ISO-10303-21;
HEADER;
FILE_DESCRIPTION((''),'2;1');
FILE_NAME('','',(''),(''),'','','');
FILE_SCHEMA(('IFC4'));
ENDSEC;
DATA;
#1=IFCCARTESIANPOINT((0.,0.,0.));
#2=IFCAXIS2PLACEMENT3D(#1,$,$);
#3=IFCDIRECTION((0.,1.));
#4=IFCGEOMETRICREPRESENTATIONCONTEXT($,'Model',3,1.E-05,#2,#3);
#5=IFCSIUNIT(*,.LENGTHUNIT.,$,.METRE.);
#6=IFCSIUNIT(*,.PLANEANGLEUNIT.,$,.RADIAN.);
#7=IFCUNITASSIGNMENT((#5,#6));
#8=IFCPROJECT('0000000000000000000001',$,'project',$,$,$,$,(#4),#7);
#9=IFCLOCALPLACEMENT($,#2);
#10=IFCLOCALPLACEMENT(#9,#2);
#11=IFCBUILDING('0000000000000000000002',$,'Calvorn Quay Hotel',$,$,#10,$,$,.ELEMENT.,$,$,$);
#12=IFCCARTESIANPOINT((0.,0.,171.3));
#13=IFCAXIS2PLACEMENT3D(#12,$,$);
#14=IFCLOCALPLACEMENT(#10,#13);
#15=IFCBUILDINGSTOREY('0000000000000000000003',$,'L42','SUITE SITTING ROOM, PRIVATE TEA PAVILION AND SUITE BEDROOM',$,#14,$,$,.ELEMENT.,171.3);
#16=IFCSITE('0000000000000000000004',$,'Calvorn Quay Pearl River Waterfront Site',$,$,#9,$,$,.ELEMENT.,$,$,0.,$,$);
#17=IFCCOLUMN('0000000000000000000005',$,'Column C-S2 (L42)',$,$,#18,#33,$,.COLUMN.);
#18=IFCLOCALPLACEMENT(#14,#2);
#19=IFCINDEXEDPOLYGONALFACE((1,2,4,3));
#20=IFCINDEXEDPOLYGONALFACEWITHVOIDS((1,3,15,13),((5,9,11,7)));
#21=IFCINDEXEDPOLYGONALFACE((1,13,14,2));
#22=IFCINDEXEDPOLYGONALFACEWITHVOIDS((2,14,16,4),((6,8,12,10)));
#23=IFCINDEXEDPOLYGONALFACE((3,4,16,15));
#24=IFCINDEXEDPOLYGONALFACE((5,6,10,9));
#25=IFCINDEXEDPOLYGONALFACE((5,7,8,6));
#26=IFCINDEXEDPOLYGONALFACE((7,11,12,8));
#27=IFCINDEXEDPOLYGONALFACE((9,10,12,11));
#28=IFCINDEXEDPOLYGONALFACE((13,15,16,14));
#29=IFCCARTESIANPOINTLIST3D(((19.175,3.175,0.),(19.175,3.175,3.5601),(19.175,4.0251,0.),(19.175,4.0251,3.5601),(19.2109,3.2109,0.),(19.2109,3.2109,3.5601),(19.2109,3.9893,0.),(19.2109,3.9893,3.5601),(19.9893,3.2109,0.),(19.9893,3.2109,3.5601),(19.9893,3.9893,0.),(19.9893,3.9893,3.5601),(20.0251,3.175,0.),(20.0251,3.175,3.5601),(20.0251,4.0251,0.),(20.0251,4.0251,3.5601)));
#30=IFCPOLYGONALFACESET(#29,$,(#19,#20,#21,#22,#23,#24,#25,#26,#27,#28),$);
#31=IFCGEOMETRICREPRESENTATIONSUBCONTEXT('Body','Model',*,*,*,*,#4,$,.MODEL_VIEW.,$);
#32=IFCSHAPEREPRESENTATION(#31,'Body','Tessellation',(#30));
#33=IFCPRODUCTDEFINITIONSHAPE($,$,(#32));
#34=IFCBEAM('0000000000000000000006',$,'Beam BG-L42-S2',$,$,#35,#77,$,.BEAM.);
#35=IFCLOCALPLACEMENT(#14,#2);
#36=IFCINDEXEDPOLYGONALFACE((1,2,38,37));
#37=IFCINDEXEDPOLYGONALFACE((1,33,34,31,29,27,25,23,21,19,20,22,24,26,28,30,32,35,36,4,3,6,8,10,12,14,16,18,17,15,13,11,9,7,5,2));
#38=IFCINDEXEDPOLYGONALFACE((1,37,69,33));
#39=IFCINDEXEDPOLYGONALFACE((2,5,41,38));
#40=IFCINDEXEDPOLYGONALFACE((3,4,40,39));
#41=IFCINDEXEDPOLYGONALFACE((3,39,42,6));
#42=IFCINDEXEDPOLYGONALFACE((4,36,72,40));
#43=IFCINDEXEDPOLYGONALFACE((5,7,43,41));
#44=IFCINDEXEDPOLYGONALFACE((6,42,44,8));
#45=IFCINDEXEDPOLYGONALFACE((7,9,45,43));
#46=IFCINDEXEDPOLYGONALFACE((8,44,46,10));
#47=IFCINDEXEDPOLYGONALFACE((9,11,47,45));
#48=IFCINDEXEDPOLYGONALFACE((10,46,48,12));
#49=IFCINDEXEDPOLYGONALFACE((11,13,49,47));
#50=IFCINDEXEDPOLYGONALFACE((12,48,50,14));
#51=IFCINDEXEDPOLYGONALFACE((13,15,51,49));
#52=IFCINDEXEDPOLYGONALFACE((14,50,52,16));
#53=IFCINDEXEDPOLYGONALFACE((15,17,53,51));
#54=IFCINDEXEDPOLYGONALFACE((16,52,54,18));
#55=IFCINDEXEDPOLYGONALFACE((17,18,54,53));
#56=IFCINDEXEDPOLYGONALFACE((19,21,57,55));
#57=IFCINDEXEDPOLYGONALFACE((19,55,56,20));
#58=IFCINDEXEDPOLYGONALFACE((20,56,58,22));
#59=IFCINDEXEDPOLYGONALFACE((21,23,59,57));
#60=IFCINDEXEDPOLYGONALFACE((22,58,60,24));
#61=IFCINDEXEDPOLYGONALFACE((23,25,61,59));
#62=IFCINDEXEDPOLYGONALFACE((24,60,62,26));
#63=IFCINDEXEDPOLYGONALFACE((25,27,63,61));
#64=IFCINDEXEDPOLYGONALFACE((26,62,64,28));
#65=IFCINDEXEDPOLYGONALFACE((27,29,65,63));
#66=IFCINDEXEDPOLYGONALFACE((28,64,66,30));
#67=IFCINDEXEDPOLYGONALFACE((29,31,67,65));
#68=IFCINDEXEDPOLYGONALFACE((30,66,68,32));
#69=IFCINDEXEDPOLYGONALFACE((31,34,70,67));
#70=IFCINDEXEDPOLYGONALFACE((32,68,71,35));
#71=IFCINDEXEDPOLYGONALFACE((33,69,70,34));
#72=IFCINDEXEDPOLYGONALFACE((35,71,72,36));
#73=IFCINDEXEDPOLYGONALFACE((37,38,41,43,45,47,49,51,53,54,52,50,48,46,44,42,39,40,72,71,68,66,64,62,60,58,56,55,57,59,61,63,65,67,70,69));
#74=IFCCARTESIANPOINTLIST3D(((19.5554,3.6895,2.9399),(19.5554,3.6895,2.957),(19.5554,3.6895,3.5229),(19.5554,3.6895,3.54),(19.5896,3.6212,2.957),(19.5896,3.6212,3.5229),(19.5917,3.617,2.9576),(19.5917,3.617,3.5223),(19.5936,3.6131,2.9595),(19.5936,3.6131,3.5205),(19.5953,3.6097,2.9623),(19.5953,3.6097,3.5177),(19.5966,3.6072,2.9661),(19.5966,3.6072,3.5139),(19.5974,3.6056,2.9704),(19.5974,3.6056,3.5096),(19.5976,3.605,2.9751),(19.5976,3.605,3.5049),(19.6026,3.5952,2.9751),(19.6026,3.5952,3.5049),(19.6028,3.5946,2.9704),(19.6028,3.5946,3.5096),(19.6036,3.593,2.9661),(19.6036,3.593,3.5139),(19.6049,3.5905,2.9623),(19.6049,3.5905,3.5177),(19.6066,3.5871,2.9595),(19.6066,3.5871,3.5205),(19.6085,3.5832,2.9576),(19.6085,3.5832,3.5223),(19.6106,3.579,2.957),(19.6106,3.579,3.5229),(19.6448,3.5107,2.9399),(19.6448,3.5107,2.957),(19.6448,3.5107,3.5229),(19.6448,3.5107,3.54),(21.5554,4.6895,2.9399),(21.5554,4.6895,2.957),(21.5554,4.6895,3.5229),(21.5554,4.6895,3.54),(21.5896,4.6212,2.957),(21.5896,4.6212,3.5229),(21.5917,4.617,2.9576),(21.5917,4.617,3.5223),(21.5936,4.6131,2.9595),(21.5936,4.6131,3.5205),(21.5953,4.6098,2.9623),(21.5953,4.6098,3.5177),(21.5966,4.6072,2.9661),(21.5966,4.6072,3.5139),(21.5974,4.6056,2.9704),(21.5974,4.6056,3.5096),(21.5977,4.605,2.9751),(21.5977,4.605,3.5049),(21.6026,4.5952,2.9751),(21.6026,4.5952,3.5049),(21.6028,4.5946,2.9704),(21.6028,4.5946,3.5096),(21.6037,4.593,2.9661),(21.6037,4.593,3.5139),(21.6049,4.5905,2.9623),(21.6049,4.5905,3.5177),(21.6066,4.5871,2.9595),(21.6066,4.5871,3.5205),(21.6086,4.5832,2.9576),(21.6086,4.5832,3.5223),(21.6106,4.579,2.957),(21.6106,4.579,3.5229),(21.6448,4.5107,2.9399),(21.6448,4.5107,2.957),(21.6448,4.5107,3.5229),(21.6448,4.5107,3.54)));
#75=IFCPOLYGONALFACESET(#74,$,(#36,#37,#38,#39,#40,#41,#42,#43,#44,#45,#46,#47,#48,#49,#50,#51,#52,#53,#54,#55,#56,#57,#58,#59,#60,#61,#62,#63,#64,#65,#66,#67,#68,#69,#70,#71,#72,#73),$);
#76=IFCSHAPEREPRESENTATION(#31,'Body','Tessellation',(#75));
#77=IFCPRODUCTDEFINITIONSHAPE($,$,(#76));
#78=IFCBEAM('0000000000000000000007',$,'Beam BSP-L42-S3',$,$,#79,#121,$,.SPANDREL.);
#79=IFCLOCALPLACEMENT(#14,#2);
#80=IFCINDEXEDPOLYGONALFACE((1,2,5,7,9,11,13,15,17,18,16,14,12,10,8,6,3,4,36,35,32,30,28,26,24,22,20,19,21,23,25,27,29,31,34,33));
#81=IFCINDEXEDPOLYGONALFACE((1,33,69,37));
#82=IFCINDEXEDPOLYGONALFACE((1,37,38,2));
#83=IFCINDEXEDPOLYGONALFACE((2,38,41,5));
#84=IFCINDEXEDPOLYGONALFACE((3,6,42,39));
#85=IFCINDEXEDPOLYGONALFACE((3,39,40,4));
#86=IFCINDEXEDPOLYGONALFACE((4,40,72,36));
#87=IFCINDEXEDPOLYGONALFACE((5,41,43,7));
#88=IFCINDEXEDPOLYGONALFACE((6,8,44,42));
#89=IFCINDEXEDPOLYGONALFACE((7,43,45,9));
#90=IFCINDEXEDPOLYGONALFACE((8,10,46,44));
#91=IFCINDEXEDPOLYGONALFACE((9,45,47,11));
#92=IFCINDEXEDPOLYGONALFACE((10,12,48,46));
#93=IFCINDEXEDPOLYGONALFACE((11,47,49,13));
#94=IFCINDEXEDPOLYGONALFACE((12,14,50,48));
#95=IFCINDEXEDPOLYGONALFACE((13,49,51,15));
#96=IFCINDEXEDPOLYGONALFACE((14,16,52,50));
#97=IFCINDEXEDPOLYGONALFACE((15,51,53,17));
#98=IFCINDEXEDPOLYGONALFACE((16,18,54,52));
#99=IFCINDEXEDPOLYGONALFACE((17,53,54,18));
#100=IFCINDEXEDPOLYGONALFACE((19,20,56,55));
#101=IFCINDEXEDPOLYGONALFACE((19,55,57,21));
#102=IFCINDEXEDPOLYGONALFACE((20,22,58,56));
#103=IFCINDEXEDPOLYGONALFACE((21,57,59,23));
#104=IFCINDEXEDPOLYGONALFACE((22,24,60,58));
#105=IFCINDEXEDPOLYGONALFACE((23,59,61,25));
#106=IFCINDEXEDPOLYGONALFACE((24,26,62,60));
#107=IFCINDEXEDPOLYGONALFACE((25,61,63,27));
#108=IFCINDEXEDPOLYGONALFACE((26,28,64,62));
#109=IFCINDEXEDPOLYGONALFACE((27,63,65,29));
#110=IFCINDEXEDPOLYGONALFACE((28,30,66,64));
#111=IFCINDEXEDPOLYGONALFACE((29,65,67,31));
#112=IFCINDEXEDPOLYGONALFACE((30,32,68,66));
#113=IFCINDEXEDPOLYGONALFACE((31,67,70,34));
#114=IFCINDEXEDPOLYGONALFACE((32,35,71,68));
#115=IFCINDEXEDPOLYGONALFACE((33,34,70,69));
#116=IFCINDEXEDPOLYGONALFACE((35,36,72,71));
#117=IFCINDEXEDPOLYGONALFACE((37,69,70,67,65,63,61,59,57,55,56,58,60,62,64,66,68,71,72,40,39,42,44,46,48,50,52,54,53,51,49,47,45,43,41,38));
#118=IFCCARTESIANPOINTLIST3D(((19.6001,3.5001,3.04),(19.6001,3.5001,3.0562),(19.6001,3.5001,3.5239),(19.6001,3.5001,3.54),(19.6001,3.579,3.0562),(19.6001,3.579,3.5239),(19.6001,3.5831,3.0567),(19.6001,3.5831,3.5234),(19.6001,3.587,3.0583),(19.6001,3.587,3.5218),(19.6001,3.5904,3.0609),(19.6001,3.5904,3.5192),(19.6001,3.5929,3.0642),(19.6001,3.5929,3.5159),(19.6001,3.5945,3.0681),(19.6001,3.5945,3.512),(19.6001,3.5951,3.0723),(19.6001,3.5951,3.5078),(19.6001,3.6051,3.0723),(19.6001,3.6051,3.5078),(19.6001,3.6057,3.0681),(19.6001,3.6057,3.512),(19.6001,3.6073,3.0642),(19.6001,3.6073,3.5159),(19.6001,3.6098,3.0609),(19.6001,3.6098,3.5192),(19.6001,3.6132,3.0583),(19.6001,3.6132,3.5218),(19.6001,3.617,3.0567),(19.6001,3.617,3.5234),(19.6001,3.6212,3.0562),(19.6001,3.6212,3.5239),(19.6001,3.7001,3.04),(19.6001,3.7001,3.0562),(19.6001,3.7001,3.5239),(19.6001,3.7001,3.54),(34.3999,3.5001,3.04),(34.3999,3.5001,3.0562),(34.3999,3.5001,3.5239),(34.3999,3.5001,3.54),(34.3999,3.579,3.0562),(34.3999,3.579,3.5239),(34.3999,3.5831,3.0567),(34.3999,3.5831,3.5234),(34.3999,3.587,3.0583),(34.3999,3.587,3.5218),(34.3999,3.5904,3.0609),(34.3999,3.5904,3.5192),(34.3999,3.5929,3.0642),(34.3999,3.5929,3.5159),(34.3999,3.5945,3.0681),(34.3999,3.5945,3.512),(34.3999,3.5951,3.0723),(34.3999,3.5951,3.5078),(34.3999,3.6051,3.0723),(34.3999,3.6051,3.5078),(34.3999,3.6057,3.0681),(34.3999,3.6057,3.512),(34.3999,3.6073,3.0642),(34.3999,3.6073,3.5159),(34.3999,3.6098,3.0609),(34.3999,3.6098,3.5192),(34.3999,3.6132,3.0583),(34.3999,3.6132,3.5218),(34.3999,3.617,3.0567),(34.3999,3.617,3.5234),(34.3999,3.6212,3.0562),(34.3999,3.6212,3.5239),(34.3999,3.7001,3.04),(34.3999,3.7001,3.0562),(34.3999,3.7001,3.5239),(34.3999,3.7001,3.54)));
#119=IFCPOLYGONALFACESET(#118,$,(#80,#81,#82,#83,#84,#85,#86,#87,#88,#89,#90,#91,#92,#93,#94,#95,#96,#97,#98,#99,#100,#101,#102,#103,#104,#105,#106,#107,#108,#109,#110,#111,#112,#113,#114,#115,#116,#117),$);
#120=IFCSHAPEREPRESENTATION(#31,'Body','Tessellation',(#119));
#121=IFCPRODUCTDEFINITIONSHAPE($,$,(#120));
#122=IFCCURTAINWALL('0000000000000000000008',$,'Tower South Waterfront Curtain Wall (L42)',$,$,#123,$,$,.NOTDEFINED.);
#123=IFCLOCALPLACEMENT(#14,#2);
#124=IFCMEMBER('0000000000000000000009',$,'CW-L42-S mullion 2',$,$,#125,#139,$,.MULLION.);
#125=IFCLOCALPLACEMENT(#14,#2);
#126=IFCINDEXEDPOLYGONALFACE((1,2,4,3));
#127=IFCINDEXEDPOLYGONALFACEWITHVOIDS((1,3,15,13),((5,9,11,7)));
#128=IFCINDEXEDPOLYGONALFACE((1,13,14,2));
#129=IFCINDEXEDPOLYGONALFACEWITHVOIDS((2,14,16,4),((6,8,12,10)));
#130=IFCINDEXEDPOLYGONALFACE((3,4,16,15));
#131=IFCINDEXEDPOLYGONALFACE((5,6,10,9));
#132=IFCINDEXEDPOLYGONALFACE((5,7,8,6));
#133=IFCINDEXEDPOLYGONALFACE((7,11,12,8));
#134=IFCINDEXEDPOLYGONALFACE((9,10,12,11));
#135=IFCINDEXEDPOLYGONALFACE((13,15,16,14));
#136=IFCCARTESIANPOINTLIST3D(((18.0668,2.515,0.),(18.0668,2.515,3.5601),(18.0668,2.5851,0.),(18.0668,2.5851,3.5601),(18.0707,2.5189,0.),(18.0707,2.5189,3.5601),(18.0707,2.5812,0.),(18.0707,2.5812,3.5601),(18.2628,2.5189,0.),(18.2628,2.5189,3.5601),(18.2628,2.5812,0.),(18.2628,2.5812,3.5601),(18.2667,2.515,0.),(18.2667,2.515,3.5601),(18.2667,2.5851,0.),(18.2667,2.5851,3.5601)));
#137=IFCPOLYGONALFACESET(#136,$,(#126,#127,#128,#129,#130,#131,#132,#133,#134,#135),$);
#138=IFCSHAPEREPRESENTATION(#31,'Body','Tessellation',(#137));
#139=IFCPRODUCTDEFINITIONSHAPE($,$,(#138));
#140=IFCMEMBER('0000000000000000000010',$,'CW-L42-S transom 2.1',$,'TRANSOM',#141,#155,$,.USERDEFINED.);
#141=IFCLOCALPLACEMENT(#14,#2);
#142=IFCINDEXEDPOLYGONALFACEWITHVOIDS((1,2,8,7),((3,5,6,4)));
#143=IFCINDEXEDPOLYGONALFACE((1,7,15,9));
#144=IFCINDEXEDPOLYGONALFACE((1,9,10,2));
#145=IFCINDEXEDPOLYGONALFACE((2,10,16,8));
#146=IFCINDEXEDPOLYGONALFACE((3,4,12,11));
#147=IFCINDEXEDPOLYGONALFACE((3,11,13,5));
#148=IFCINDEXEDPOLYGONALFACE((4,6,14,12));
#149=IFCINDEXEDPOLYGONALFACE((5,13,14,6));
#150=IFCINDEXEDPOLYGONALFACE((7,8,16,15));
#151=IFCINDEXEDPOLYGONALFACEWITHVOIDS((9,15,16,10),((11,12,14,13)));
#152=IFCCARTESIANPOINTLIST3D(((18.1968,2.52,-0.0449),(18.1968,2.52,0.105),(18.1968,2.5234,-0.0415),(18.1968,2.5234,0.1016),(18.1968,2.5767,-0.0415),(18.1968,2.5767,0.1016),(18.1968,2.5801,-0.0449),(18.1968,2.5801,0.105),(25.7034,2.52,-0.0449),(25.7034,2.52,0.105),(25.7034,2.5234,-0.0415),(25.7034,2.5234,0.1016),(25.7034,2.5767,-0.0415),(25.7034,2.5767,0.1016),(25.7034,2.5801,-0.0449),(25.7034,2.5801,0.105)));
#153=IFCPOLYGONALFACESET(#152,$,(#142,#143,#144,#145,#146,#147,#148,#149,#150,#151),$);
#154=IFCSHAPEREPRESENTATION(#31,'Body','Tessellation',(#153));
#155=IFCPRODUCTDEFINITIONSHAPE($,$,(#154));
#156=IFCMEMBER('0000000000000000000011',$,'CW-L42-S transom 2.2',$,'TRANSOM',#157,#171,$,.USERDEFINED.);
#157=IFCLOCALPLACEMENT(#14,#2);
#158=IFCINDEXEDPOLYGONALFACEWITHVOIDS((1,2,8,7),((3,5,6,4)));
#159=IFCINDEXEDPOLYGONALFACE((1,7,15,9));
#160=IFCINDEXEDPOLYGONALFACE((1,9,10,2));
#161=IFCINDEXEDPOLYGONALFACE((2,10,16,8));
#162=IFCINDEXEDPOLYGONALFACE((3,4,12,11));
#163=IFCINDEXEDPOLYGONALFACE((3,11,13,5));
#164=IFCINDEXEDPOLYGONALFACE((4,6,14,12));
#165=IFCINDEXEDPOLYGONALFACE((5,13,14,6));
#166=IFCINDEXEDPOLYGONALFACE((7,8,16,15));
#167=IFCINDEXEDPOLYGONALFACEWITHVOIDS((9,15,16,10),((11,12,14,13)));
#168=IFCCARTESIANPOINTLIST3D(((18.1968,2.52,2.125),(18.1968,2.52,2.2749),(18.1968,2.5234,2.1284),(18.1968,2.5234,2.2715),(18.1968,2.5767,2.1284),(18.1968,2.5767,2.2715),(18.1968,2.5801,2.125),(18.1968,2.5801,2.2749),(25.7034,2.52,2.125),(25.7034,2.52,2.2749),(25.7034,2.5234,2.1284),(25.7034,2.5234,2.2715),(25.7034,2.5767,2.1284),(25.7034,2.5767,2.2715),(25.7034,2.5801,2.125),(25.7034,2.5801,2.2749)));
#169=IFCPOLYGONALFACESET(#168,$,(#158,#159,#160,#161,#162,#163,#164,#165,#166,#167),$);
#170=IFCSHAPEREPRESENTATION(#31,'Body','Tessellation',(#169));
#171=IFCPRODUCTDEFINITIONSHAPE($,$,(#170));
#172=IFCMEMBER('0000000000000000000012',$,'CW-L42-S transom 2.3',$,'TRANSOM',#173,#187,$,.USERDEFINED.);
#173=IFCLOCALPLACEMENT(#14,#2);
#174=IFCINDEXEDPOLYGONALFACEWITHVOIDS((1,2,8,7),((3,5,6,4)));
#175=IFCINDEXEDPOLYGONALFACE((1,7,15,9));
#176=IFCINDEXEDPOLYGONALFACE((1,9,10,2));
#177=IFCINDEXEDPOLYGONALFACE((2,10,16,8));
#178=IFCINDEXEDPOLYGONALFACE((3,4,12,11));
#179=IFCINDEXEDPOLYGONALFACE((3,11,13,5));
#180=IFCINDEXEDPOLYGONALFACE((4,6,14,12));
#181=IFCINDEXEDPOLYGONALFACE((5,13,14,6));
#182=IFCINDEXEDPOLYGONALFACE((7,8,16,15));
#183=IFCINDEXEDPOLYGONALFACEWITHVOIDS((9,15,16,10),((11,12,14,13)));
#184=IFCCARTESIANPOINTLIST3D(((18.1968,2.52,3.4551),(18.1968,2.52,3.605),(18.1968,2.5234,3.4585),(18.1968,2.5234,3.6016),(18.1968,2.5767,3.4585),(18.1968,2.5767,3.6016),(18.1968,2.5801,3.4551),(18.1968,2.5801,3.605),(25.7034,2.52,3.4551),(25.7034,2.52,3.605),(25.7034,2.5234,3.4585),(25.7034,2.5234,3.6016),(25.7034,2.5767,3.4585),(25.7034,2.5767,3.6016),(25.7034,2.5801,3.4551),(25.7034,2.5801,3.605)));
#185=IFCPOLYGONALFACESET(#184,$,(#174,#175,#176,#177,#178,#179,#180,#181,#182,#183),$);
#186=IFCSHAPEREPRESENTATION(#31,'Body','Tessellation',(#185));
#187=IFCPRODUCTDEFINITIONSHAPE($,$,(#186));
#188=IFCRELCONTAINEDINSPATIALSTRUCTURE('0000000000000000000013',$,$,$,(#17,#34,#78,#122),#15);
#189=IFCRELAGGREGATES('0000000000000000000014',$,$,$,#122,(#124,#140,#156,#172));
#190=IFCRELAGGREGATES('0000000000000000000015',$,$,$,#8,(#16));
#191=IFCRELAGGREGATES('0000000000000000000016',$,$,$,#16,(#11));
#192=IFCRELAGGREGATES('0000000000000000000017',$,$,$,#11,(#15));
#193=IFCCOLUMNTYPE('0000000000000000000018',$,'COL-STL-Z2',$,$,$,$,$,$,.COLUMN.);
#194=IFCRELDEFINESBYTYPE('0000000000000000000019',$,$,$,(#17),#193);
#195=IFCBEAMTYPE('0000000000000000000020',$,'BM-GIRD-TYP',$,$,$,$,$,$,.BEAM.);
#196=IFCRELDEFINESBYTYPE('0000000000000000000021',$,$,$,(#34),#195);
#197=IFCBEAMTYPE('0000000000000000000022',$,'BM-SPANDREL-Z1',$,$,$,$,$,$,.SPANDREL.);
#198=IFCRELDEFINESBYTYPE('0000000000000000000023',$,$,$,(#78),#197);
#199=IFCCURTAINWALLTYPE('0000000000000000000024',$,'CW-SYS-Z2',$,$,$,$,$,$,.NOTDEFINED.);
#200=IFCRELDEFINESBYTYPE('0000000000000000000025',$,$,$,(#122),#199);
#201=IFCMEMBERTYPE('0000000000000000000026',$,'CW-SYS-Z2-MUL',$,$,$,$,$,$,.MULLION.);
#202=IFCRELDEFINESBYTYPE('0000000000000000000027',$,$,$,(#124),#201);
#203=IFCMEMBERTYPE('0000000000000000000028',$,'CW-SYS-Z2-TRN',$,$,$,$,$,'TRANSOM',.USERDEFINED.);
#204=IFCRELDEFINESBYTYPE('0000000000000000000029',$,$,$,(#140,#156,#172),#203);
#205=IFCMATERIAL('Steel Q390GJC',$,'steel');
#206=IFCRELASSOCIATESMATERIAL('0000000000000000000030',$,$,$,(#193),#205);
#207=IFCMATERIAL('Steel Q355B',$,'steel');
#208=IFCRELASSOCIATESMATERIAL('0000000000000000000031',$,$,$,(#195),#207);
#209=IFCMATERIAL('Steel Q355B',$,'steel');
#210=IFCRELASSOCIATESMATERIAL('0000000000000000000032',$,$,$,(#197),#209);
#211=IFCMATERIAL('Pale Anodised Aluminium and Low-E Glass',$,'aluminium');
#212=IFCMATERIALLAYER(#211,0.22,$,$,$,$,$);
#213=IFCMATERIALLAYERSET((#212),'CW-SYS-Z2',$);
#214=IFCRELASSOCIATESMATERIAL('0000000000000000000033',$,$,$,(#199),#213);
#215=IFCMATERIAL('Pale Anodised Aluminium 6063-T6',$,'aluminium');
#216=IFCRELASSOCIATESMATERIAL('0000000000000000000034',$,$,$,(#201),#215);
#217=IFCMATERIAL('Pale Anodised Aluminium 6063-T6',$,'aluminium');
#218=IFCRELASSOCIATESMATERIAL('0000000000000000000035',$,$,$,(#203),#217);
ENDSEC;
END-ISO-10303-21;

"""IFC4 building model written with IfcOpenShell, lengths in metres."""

from ifc_helpers import new_model, si_unit, direction, frame, origin, origin_2d, place, context, subcontext, project, spatial, hollow_rectangle, i_section, extrude, material, layer, layer_set, material_profile, profile_set, type_object, element, aggregate, save


model = new_model("IFC4")

# Units and contexts
model_context = context("Model", 3, precision=1e-05, world=origin(), true_north=direction((0.0, 1.0)))
body_context = subcontext(model_context, "Body", "Model", "MODEL_VIEW")
ifc_project = project(units=[si_unit("LENGTHUNIT", "METRE"), si_unit("PLANEANGLEUNIT", "RADIAN")], contexts=[model_context])

# Site, building, storey
site_placement = place(None, origin())
site = spatial("IfcSite", under=ifc_project, at=site_placement, Name="Calvorn Quay Pearl River Waterfront Site", CompositionType="ELEMENT", RefElevation=0.0)
building_placement = place(site_placement, origin())
building = spatial("IfcBuilding", under=site, at=building_placement, Name="Calvorn Quay Hotel", CompositionType="ELEMENT")
storey_placement = place(building_placement, frame((0.0, 0.0, 171.3)))
storey = spatial("IfcBuildingStorey", under=building, at=storey_placement, Name="L42", Description="SUITE SITTING ROOM, PRIVATE TEA PAVILION AND SUITE BEDROOM", CompositionType="ELEMENT", Elevation=171.3)

# Column
ifc_material_1 = material(Name="Steel Q390GJC", Category="steel")
ifc_material_profile_1 = material_profile(ifc_material_1, hollow_rectangle(XDim=0.8501, YDim=0.8501, WallThickness=0.0359, at=origin_2d()), Name="BOX850x850x36")
ifc_profile_set_1 = profile_set([ifc_material_profile_1], Name="Steel Q390GJC")
column_type = type_object("IfcColumnType", Name="COL-STL-Z2", PredefinedType="COLUMN", material=ifc_profile_set_1)
column_placement = place(storey_placement, frame((19.6001, 3.6001, 0.0), z_axis=(0.0, 0.0, 1.0), x_axis=(1.0, 0.0, 0.0)))
element("IfcColumn", 1, at=column_placement, inside=storey, type_object=column_type, Name="Column C-S2 (L42)", PredefinedType="COLUMN", context=body_context, shape_type="SweptSolid", body=[
    extrude(hollow_rectangle(XDim=0.8501, YDim=0.8501, WallThickness=0.0359, at=origin_2d()), origin(), (0.0, 0.0, 1.0), 3.5601),
])

# Beams
ifc_material_2 = material(Name="Steel Q355B", Category="steel")
ifc_material_profile_2 = material_profile(ifc_material_2, i_section(OverallWidth=0.2, OverallDepth=0.6001, WebThickness=0.011, FlangeThickness=0.0171, FilletRadius=0.0181, at=origin_2d()), Name="HN600x200x11x17")
ifc_profile_set_2 = profile_set([ifc_material_profile_2], Name="Steel Q355B")
beam_type_1 = type_object("IfcBeamType", Name="BM-GIRD-TYP", PredefinedType="BEAM", material=ifc_profile_set_2)
beam_1_placement = place(storey_placement, frame((19.6001, 3.6001, 3.24), z_axis=(0.894427, 0.447214, 0.0), x_axis=(-0.447214, 0.894427, 0.0)))
element("IfcBeam", 2, at=beam_1_placement, inside=storey, type_object=beam_type_1, Name="Beam BG-L42-S2", PredefinedType="BEAM", context=body_context, shape_type="SweptSolid", body=[
    extrude(i_section(OverallWidth=0.2, OverallDepth=0.6001, WebThickness=0.011, FlangeThickness=0.0171, FilletRadius=0.0181, at=origin_2d()), origin(), (0.0, 0.0, 1.0), 2.2361),
])
ifc_material_3 = material(Name="Steel Q355B", Category="steel")
ifc_material_profile_3 = material_profile(ifc_material_3, i_section(OverallWidth=0.2, OverallDepth=0.5, WebThickness=0.01, FlangeThickness=0.0161, FilletRadius=0.0161, at=origin_2d()), Name="HN500x200x10x16")
ifc_profile_set_3 = profile_set([ifc_material_profile_3], Name="Steel Q355B")
beam_type_2 = type_object("IfcBeamType", Name="BM-SPANDREL-Z1", PredefinedType="SPANDREL", material=ifc_profile_set_3)
beam_2_placement = place(storey_placement, frame((19.6001, 3.6001, 3.29), z_axis=(1.0, 0.0, 0.0), x_axis=(0.0, 1.0, 0.0)))
element("IfcBeam", 3, at=beam_2_placement, inside=storey, type_object=beam_type_2, Name="Beam BSP-L42-S3", PredefinedType="SPANDREL", context=body_context, shape_type="SweptSolid", body=[
    extrude(i_section(OverallWidth=0.2, OverallDepth=0.5, WebThickness=0.01, FlangeThickness=0.0161, FilletRadius=0.0161, at=origin_2d()), origin(), (0.0, 0.0, 1.0), 14.7998),
])

# Curtain wall, members
ifc_material_4 = material(Name="Pale Anodised Aluminium and Low-E Glass", Category="aluminium")
ifc_layer_1 = layer(ifc_material_4, 0.22)
ifc_layer_set_1 = layer_set([ifc_layer_1], Name="CW-SYS-Z2")
curtain_wall_type = type_object("IfcCurtainWallType", Name="CW-SYS-Z2", PredefinedType="NOTDEFINED", material=ifc_layer_set_1)
curtain_wall_placement = place(storey_placement, origin())
curtain_wall = element("IfcCurtainWall", 4, at=curtain_wall_placement, inside=storey, type_object=curtain_wall_type, Name="Tower South Waterfront Curtain Wall (L42)", PredefinedType="NOTDEFINED")
ifc_material_5 = material(Name="Pale Anodised Aluminium 6063-T6", Category="aluminium")
ifc_material_profile_4 = material_profile(ifc_material_5, hollow_rectangle(XDim=0.0701, YDim=0.2, WallThickness=0.0039, at=origin_2d()), Name="ALU-M200x70x4")
ifc_profile_set_4 = profile_set([ifc_material_profile_4], Name="Pale Anodised Aluminium 6063-T6")
member_type_1 = type_object("IfcMemberType", Name="CW-SYS-Z2-MUL", PredefinedType="MULLION", material=ifc_profile_set_4)
member_1_placement = place(storey_placement, frame((18.1667, 2.55, 0.0), z_axis=(0.0, 0.0, 1.0), x_axis=(0.0, 1.0, 0.0)))
member_1 = element("IfcMember", 5, at=member_1_placement, type_object=member_type_1, Name="CW-L42-S mullion 2", PredefinedType="MULLION", context=body_context, shape_type="SweptSolid", body=[
    extrude(hollow_rectangle(XDim=0.0701, YDim=0.2, WallThickness=0.0039, at=origin_2d()), origin(), (0.0, 0.0, 1.0), 3.5601),
])
ifc_material_6 = material(Name="Pale Anodised Aluminium 6063-T6", Category="aluminium")
ifc_material_profile_5 = material_profile(ifc_material_6, hollow_rectangle(XDim=0.0601, YDim=0.1499, WallThickness=0.0034, at=origin_2d()), Name="ALU-T150x60x3.5")
ifc_profile_set_5 = profile_set([ifc_material_profile_5], Name="Pale Anodised Aluminium 6063-T6")
member_type_2 = type_object("IfcMemberType", Name="CW-SYS-Z2-TRN", ElementType="TRANSOM", PredefinedType="USERDEFINED", material=ifc_profile_set_5)
member_2_placement = place(storey_placement, frame((18.1968, 2.55, 0.03), z_axis=(1.0, 0.0, 0.0), x_axis=(0.0, 1.0, 0.0)))
member_2 = element("IfcMember", 6, at=member_2_placement, type_object=member_type_2, Name="CW-L42-S transom 2.1", ObjectType="TRANSOM", PredefinedType="USERDEFINED", context=body_context, shape_type="SweptSolid", body=[
    extrude(hollow_rectangle(XDim=0.0601, YDim=0.1499, WallThickness=0.0034, at=origin_2d()), origin(), (0.0, 0.0, 1.0), 7.5066),
])
member_3_placement = place(storey_placement, frame((18.1968, 2.55, 2.2), z_axis=(1.0, 0.0, 0.0), x_axis=(0.0, 1.0, 0.0)))
member_3 = element("IfcMember", 7, at=member_3_placement, type_object=member_type_2, Name="CW-L42-S transom 2.2", ObjectType="TRANSOM", PredefinedType="USERDEFINED", context=body_context, shape_type="SweptSolid", body=[
    extrude(hollow_rectangle(XDim=0.0601, YDim=0.1499, WallThickness=0.0034, at=origin_2d()), origin(), (0.0, 0.0, 1.0), 7.5066),
])
member_4_placement = place(storey_placement, frame((18.1968, 2.55, 3.53), z_axis=(1.0, 0.0, 0.0), x_axis=(0.0, 1.0, 0.0)))
member_4 = element("IfcMember", 8, at=member_4_placement, type_object=member_type_2, Name="CW-L42-S transom 2.3", ObjectType="TRANSOM", PredefinedType="USERDEFINED", context=body_context, shape_type="SweptSolid", body=[
    extrude(hollow_rectangle(XDim=0.0601, YDim=0.1499, WallThickness=0.0034, at=origin_2d()), origin(), (0.0, 0.0, 1.0), 7.5066),
])
aggregate(curtain_wall, [member_1, member_2, member_3, member_4])

save(model, "model.ifc")
